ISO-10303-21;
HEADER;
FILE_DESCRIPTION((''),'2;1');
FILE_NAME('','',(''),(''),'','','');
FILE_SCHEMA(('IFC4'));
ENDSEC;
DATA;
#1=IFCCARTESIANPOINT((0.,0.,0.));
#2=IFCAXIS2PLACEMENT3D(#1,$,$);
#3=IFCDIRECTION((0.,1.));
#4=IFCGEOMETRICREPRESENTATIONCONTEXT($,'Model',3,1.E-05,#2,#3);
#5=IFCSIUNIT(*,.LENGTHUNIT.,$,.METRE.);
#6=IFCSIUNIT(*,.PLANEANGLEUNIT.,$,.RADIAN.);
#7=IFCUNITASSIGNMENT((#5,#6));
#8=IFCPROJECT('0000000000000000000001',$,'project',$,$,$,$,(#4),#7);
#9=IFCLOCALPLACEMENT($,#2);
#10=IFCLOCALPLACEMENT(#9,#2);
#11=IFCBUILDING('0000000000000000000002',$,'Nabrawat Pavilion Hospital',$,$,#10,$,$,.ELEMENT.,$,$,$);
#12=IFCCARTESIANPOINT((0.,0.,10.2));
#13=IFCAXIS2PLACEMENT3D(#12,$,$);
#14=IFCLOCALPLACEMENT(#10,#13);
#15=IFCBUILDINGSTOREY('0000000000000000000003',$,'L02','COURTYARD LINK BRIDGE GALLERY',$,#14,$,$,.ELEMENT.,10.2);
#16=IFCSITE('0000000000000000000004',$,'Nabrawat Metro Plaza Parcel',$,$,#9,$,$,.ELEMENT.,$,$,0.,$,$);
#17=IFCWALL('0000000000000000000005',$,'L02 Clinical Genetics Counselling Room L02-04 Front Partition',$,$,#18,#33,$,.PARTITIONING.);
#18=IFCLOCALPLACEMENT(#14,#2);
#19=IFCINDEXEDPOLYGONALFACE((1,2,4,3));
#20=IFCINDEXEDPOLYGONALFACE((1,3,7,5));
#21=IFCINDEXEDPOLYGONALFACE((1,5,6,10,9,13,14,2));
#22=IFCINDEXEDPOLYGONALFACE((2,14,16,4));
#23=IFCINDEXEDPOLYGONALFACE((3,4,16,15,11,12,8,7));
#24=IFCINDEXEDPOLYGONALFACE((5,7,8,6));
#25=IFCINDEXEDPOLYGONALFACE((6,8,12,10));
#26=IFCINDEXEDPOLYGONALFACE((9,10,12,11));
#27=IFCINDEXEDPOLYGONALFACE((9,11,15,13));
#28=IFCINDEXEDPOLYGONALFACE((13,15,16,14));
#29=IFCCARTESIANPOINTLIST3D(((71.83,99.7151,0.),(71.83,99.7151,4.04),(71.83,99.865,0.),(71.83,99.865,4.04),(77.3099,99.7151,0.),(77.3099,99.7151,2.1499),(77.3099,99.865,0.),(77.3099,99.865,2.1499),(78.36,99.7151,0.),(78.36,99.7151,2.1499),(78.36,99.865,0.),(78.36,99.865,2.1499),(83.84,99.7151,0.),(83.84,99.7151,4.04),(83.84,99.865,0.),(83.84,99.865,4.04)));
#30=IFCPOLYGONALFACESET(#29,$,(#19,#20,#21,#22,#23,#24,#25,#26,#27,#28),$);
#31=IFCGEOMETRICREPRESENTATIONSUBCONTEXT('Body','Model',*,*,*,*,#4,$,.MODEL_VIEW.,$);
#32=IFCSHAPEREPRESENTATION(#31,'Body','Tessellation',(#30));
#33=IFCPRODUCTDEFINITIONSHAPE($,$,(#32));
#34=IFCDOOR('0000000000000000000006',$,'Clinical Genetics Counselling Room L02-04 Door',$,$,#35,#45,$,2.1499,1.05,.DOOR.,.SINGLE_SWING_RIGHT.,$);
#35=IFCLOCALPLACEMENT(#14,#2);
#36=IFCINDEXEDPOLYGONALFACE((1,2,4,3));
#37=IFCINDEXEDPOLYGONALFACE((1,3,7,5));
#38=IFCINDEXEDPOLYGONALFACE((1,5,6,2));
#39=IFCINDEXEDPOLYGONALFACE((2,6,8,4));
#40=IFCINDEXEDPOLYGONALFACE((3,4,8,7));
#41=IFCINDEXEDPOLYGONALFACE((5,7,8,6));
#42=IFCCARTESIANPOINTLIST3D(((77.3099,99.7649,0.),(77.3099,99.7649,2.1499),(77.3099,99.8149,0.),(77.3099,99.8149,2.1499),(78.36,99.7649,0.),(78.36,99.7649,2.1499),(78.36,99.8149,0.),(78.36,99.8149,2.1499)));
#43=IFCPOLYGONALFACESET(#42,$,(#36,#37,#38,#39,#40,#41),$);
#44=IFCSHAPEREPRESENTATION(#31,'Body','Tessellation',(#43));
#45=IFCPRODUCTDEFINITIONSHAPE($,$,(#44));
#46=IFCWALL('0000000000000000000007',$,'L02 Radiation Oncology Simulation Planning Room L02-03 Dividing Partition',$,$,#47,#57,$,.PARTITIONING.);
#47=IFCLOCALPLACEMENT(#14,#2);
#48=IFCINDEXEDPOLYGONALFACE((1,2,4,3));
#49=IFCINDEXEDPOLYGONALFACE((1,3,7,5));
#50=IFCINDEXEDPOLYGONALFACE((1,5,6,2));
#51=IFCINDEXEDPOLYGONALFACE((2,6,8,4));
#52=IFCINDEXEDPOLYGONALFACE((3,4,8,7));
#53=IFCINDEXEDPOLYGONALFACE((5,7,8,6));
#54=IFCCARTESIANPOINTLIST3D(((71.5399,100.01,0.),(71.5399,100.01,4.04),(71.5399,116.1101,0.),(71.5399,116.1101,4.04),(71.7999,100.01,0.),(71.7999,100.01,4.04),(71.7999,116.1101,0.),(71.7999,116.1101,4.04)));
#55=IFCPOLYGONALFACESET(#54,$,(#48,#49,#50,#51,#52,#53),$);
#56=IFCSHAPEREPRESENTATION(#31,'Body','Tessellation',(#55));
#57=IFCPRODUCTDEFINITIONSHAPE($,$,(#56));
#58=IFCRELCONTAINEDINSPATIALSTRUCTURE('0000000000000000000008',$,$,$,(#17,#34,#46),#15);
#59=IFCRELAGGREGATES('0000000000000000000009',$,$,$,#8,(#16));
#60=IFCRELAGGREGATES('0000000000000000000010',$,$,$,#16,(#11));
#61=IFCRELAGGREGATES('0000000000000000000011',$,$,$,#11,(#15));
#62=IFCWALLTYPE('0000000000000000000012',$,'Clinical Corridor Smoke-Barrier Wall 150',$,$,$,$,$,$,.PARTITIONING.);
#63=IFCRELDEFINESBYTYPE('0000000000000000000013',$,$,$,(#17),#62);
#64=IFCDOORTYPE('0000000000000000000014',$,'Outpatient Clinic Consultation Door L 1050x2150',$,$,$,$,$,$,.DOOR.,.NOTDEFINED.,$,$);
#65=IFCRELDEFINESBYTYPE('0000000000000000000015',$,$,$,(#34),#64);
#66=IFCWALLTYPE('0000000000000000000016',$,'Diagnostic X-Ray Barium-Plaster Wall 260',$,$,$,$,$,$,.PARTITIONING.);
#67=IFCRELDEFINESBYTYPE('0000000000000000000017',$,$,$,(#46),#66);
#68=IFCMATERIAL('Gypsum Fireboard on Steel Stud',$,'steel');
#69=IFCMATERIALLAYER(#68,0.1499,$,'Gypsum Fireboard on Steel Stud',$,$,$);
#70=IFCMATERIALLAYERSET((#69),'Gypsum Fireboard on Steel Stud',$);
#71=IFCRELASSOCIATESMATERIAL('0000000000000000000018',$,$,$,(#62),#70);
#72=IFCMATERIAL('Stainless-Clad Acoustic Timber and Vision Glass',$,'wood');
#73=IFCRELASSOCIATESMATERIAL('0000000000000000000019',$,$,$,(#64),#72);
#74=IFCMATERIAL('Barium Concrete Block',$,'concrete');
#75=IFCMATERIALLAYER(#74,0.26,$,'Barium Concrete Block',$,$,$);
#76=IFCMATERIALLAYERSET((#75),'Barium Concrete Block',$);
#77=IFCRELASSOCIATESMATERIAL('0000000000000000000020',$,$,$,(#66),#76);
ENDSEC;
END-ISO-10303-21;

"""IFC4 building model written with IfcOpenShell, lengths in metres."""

from ifc_helpers import new_model, si_unit, direction, frame, frame_2d, origin, place, context, subcontext, project, spatial, rectangle, extrude, material, layer, layer_set, type_object, element, fill, save


model = new_model("IFC4")

# Units and contexts
model_context = context("Model", 3, precision=1e-05, world=origin(), true_north=direction((0.0, 1.0)))
body_context = subcontext(model_context, "Body", "Model", "MODEL_VIEW")
ifc_project = project(units=[si_unit("LENGTHUNIT", "METRE"), si_unit("PLANEANGLEUNIT", "RADIAN")], contexts=[model_context])

# Site, building, storey
site_placement = place(None, origin())
site = spatial("IfcSite", under=ifc_project, at=site_placement, Name="Nabrawat Metro Plaza Parcel", CompositionType="ELEMENT", RefElevation=0.0)
building_placement = place(site_placement, origin())
building = spatial("IfcBuilding", under=site, at=building_placement, Name="Nabrawat Pavilion Hospital", CompositionType="ELEMENT")
storey_placement = place(building_placement, frame((0.0, 0.0, 10.2)))
storey = spatial("IfcBuildingStorey", under=building, at=storey_placement, Name="L02", Description="COURTYARD LINK BRIDGE GALLERY", CompositionType="ELEMENT", Elevation=10.2)

# Wall, opening, door
ifc_material_1 = material(Name="Gypsum Fireboard on Steel Stud", Category="steel")
ifc_layer_1 = layer(ifc_material_1, 0.1499, Name="Gypsum Fireboard on Steel Stud")
ifc_layer_set_1 = layer_set([ifc_layer_1], Name="Gypsum Fireboard on Steel Stud")
wall_type_1 = type_object("IfcWallType", Name="Clinical Corridor Smoke-Barrier Wall 150", PredefinedType="PARTITIONING", material=ifc_layer_set_1)
ifc_material_2 = material(Name="Stainless-Clad Acoustic Timber and Vision Glass", Category="wood")
wall_1_placement = place(storey_placement, frame((71.8301, 99.79, 0.0), z_axis=(0.0, 0.0, 1.0), x_axis=(1.0, 0.0, 0.0)))
wall_1 = element("IfcWall", 1, at=wall_1_placement, inside=storey, type_object=wall_type_1, Name="L02 Clinical Genetics Counselling Room L02-04 Front Partition", PredefinedType="PARTITIONING", context=body_context, shape_type="SweptSolid", body=[
    extrude(rectangle(XDim=12.01, YDim=0.1499, at=frame_2d((6.0049, 0.0))), origin(), (0.0, 0.0, 1.0), 4.04),
])
opening_1_placement = place(wall_1_placement, frame((5.48, 0.0, 0.0)))
opening_1 = element("IfcOpeningElement", 2, at=opening_1_placement, cuts=wall_1, PredefinedType="OPENING", context=body_context, shape_type="SweptSolid", body=[
    extrude(rectangle(XDim=1.05, YDim=2.1499, at=frame_2d((0.5249, 1.075))), frame((0.0, 0.085, 0.0), z_axis=(0.0, -1.0, 0.0), x_axis=(1.0, 0.0, 0.0)), (0.0, 0.0, 1.0), 0.1699),
])
door_type_1 = type_object("IfcDoorType", Name="Outpatient Clinic Consultation Door L 1050x2150", OperationType="NOTDEFINED", PredefinedType="DOOR", material=ifc_material_2)
door_1_placement = place(opening_1_placement, origin())
door_1 = element("IfcDoor", 3, at=door_1_placement, inside=storey, type_object=door_type_1, Name="Clinical Genetics Counselling Room L02-04 Door", OperationType="SINGLE_SWING_RIGHT", OverallHeight=2.1499, OverallWidth=1.05, PredefinedType="DOOR", context=body_context, shape_type="SweptSolid", body=[
    extrude(rectangle(XDim=1.05, YDim=2.1499, at=frame_2d((0.5249, 1.075))), frame((0.0, 0.0249, 0.0), z_axis=(0.0, -1.0, 0.0), x_axis=(1.0, 0.0, 0.0)), (0.0, 0.0, 1.0), 0.05),
])
fill(opening_1, door_1)

# Wall
ifc_material_3 = material(Name="Barium Concrete Block", Category="concrete")
ifc_layer_2 = layer(ifc_material_3, 0.26, Name="Barium Concrete Block")
ifc_layer_set_2 = layer_set([ifc_layer_2], Name="Barium Concrete Block")
wall_type_2 = type_object("IfcWallType", Name="Diagnostic X-Ray Barium-Plaster Wall 260", PredefinedType="PARTITIONING", material=ifc_layer_set_2)
wall_2_placement = place(storey_placement, frame((71.6699, 100.01, 0.0), z_axis=(0.0, 0.0, 1.0), x_axis=(0.0, 1.0, 0.0)))
element("IfcWall", 4, at=wall_2_placement, inside=storey, type_object=wall_type_2, Name="L02 Radiation Oncology Simulation Planning Room L02-03 Dividing Partition", PredefinedType="PARTITIONING", context=body_context, shape_type="SweptSolid", body=[
    extrude(rectangle(XDim=16.1001, YDim=0.26, at=frame_2d((8.05, 0.0))), origin(), (0.0, 0.0, 1.0), 4.04),
])

save(model, "model.ifc")
